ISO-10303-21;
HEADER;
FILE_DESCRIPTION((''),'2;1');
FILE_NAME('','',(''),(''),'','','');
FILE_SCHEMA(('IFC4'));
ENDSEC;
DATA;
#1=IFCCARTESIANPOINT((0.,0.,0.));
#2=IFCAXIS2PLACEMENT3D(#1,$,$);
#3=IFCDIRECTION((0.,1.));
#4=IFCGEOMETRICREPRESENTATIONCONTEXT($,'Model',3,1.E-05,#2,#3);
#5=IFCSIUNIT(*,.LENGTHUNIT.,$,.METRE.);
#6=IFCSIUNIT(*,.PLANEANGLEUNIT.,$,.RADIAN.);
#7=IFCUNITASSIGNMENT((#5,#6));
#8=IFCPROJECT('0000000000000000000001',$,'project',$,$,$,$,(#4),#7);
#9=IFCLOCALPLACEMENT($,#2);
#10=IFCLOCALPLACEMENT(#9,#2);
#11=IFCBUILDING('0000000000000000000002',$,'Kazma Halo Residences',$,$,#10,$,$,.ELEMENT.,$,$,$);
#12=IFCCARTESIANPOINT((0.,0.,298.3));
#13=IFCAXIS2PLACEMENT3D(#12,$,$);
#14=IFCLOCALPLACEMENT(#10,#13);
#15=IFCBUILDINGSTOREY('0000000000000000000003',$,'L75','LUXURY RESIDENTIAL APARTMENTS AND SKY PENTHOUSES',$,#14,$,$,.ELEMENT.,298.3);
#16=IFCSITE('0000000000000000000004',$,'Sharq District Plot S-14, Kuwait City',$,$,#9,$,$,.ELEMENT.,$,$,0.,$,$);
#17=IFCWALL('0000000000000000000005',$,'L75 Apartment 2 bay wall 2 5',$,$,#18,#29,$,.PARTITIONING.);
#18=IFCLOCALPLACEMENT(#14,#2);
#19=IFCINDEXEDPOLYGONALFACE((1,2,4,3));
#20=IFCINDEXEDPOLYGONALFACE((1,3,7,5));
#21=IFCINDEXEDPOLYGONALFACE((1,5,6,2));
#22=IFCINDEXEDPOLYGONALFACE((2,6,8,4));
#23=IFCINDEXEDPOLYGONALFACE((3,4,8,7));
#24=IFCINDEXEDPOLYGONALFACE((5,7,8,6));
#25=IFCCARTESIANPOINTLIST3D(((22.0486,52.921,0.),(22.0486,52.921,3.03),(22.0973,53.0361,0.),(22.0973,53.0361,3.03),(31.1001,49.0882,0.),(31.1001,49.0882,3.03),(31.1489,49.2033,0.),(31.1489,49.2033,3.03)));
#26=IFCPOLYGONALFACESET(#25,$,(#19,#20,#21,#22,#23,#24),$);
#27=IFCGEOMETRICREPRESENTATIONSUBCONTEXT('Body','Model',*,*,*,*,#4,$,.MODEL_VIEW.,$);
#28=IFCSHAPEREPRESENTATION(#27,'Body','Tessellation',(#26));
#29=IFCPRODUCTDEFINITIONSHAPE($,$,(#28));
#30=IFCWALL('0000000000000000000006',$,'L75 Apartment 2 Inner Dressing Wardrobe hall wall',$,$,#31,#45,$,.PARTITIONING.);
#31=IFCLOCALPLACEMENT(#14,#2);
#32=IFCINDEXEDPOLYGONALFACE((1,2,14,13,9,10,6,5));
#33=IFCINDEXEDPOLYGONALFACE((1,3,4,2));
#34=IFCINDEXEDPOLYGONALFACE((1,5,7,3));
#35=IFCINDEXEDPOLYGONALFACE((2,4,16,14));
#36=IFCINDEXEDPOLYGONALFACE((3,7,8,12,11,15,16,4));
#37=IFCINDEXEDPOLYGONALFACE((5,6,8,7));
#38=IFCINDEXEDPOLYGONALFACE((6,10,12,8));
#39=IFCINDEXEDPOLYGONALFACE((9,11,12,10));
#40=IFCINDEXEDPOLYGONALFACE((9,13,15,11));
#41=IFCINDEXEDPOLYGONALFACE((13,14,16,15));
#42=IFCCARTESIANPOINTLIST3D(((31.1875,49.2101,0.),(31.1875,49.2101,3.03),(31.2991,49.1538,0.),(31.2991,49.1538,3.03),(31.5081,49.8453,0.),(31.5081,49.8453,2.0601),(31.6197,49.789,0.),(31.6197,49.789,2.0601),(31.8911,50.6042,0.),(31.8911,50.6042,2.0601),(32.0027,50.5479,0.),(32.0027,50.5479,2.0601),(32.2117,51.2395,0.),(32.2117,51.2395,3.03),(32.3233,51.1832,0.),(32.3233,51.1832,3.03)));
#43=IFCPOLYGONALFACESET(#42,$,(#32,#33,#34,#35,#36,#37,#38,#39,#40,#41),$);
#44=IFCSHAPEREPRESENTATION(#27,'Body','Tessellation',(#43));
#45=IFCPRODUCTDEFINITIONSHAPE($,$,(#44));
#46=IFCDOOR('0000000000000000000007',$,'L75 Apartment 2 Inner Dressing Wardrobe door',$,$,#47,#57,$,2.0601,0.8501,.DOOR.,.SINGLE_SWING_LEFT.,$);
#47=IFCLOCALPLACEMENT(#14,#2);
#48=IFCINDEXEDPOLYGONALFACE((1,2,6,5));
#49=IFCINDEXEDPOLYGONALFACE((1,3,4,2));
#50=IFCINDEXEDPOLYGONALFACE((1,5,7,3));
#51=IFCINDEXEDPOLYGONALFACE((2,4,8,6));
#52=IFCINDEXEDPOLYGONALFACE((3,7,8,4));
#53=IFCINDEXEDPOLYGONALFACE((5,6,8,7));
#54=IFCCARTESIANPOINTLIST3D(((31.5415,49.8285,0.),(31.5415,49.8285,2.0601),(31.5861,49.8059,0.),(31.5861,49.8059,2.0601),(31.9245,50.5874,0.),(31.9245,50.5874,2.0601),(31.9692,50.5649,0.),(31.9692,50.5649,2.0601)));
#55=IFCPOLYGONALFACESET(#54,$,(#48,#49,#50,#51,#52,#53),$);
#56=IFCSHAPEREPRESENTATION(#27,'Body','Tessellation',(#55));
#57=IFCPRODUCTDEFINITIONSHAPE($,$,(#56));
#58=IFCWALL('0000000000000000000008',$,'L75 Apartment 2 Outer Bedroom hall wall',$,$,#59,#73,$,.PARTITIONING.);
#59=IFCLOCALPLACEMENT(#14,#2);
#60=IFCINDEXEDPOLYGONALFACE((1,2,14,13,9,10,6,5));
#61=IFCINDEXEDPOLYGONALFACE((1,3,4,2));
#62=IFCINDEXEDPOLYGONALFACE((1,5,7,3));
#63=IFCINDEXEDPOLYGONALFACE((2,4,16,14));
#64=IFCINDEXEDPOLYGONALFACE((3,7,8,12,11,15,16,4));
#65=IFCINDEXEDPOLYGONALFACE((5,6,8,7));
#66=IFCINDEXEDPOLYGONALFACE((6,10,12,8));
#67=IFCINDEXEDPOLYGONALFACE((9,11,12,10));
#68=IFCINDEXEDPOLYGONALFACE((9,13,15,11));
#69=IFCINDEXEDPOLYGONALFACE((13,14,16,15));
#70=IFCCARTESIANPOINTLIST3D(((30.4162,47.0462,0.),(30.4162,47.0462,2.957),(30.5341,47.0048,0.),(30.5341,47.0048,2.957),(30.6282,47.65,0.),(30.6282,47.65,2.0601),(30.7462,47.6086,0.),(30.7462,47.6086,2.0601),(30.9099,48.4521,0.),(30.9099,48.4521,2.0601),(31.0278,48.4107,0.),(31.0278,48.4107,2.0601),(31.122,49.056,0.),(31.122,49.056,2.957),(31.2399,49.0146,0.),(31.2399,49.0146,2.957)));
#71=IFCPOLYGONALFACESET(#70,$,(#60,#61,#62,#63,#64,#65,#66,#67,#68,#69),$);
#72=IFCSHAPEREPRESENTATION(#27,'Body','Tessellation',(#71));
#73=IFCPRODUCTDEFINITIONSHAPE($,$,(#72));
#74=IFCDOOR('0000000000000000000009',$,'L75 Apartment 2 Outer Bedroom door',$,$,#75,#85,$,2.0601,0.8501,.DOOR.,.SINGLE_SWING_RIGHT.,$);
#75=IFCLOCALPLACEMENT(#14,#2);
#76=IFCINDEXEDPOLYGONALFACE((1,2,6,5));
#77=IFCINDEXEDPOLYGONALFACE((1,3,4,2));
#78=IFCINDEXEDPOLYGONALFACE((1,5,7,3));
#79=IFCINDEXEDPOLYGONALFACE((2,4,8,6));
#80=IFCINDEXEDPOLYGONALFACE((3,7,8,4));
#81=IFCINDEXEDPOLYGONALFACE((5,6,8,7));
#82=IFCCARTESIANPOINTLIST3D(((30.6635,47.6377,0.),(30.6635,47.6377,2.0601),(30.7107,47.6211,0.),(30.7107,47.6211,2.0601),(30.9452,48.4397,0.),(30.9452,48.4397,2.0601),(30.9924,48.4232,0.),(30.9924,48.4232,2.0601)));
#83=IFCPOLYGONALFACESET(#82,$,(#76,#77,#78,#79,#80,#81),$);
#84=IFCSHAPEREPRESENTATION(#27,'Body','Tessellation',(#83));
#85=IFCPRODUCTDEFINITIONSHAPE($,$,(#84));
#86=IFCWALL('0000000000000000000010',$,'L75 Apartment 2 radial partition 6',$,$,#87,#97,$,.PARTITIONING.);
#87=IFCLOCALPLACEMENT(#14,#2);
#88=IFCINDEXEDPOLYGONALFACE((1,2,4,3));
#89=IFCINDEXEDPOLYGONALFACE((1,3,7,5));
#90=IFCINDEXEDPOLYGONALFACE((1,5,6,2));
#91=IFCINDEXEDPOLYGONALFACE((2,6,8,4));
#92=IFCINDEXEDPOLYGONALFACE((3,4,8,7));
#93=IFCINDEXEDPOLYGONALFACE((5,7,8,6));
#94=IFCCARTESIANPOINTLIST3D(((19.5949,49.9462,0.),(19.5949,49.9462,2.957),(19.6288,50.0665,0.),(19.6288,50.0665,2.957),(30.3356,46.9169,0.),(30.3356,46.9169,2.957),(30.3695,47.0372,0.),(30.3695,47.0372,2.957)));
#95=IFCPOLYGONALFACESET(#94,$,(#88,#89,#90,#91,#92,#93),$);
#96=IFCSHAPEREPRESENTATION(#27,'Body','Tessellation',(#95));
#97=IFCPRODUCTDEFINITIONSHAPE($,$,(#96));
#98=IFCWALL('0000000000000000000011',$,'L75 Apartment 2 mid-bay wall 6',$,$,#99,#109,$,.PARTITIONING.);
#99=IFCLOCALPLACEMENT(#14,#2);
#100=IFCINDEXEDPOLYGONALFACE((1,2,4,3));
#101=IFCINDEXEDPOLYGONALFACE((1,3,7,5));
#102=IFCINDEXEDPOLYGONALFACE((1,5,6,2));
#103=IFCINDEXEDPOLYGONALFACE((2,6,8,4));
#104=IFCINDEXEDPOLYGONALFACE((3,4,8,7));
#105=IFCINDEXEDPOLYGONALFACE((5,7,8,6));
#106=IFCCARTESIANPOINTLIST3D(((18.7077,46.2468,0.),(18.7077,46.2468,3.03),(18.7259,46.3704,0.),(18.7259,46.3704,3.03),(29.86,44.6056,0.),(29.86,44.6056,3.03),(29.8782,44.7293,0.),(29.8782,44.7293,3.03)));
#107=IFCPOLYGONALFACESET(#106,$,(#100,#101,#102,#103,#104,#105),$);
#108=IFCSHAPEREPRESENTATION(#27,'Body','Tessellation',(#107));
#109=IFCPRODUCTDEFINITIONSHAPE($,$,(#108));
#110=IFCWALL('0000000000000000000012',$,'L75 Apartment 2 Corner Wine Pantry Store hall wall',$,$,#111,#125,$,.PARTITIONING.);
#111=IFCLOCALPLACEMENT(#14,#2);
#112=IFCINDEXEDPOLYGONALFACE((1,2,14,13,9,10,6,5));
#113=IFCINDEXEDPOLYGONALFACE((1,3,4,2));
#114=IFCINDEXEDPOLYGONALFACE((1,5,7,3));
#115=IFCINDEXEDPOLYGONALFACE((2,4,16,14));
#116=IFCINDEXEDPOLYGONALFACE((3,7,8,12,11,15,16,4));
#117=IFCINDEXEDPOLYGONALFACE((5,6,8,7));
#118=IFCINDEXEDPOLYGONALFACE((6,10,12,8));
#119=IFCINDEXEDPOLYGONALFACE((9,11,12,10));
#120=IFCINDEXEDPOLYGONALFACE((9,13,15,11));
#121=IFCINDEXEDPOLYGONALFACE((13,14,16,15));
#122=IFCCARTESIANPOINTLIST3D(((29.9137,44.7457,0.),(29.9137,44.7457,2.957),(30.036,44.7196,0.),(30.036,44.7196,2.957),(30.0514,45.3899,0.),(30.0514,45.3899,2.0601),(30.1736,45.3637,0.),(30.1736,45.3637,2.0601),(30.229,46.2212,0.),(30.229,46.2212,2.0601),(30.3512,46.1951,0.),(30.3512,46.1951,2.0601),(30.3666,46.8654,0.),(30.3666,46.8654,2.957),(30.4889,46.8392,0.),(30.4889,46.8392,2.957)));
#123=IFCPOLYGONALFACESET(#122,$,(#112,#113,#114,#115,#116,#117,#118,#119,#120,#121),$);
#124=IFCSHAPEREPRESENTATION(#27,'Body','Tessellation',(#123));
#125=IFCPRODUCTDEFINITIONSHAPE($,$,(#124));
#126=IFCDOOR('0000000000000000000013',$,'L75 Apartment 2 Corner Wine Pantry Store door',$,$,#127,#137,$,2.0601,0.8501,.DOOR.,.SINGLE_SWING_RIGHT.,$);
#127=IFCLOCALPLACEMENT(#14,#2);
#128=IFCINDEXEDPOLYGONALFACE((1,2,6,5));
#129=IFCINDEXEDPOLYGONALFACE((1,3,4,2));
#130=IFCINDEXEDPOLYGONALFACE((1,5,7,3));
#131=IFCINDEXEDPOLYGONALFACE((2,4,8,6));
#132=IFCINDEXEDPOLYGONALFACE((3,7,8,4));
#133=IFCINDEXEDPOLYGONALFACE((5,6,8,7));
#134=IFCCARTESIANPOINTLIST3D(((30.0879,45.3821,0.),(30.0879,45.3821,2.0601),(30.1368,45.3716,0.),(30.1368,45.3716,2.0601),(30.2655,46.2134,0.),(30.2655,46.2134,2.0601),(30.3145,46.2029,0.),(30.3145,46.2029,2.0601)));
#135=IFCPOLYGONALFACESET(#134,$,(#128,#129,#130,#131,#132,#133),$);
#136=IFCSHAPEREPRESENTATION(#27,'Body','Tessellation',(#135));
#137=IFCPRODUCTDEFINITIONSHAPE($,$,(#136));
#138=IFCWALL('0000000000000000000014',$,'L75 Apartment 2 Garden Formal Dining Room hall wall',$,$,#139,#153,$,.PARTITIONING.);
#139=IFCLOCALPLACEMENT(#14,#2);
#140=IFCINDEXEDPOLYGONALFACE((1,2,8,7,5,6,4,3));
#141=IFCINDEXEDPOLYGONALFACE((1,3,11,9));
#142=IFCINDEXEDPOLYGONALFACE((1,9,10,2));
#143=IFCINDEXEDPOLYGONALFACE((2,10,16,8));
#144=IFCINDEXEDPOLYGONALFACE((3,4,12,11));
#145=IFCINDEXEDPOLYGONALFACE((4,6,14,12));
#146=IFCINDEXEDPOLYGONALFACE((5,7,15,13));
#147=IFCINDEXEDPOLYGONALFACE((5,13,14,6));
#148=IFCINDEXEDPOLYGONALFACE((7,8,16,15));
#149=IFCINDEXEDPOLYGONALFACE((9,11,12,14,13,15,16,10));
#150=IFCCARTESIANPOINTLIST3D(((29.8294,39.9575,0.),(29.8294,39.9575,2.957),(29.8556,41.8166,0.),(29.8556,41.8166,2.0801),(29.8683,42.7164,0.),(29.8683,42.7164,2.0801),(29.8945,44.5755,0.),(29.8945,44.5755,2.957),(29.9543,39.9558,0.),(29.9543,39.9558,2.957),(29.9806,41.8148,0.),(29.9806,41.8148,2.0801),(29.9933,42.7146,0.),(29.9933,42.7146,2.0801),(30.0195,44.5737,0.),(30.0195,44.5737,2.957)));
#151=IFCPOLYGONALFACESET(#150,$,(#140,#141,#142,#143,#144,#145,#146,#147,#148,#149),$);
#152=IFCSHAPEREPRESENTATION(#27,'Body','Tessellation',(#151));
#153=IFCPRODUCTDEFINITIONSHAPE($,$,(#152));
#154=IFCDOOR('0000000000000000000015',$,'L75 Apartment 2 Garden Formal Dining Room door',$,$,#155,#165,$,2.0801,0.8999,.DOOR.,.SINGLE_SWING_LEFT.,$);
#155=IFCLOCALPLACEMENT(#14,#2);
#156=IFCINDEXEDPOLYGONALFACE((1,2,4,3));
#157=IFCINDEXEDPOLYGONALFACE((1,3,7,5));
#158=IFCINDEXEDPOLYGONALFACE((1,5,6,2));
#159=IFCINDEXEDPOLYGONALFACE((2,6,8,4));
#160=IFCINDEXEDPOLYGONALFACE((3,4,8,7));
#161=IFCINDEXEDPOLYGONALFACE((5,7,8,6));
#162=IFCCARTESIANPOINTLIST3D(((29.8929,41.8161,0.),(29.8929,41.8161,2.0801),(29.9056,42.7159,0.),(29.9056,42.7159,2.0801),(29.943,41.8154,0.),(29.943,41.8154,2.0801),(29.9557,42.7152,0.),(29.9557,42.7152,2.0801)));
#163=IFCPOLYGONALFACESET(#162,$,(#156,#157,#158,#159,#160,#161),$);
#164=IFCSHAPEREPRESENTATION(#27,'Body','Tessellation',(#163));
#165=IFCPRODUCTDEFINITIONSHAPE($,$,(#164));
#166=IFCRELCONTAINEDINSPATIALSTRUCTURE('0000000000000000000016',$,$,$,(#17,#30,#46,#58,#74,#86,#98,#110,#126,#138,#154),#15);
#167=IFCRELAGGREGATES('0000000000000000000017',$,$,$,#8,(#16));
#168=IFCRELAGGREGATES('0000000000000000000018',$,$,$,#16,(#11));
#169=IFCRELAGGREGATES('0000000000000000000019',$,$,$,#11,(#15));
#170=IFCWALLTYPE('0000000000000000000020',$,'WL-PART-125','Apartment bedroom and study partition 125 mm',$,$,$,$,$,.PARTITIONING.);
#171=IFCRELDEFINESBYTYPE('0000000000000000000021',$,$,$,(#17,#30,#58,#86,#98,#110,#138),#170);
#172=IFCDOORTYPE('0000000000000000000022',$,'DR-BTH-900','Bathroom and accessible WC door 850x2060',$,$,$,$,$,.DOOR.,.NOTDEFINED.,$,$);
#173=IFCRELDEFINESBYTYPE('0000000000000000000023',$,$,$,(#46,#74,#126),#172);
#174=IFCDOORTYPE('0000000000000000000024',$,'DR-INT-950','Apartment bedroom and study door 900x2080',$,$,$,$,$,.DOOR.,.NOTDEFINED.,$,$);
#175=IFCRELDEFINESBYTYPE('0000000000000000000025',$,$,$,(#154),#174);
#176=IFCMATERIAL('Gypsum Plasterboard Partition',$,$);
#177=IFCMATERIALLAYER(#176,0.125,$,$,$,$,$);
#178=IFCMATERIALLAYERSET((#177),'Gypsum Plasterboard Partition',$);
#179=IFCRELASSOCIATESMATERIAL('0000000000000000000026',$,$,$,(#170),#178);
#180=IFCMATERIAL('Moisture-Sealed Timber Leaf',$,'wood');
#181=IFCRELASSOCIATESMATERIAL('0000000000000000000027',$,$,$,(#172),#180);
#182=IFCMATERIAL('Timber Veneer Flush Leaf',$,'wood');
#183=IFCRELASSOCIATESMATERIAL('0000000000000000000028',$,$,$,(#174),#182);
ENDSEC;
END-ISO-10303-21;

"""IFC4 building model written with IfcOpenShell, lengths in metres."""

from ifc_helpers import new_model, si_unit, direction, frame, frame_2d, origin, place, context, subcontext, project, spatial, rectangle, extrude, material, layer, layer_set, type_object, element, fill, save


model = new_model("IFC4")

# Units and contexts
model_context = context("Model", 3, precision=1e-05, world=origin(), true_north=direction((0.0, 1.0)))
body_context = subcontext(model_context, "Body", "Model", "MODEL_VIEW")
ifc_project = project(units=[si_unit("LENGTHUNIT", "METRE"), si_unit("PLANEANGLEUNIT", "RADIAN")], contexts=[model_context])

# Site, building, storey
site_placement = place(None, origin())
site = spatial("IfcSite", under=ifc_project, at=site_placement, Name="Sharq District Plot S-14, Kuwait City", CompositionType="ELEMENT", RefElevation=0.0)
building_placement = place(site_placement, origin())
building = spatial("IfcBuilding", under=site, at=building_placement, Name="Kazma Halo Residences", CompositionType="ELEMENT")
storey_placement = place(building_placement, frame((0.0, 0.0, 298.3)))
storey = spatial("IfcBuildingStorey", under=building, at=storey_placement, Name="L75", Description="LUXURY RESIDENTIAL APARTMENTS AND SKY PENTHOUSES", CompositionType="ELEMENT", Elevation=298.3)

# Wall
ifc_material_1 = material(Name="Gypsum Plasterboard Partition")
ifc_layer_1 = layer(ifc_material_1, 0.125)
ifc_layer_set_1 = layer_set([ifc_layer_1], Name="Gypsum Plasterboard Partition")
wall_type = type_object("IfcWallType", Name="WL-PART-125", Description="Apartment bedroom and study partition 125 mm", PredefinedType="PARTITIONING", material=ifc_layer_set_1)
wall_1_placement = place(storey_placement, frame((31.1245, 49.1458, 0.0), z_axis=(0.0, 0.0, 1.0), x_axis=(-0.920848, 0.389923, 0.0)))
element("IfcWall", 1, at=wall_1_placement, inside=storey, type_object=wall_type, Name="L75 Apartment 2 bay wall 2 5", PredefinedType="PARTITIONING", context=body_context, shape_type="SweptSolid", body=[
    extrude(rectangle(XDim=9.8296, YDim=0.125, at=frame_2d((4.9148, 0.0))), origin(), (0.0, 0.0, 1.0), 3.03),
])

# Walls, openings, doors
wall_2_placement = place(storey_placement, frame((32.2676, 51.2114, 0.0), z_axis=(0.0, 0.0, 1.0), x_axis=(-0.450561, -0.892745, 0.0)))
wall_2 = element("IfcWall", 2, at=wall_2_placement, inside=storey, type_object=wall_type, Name="L75 Apartment 2 Inner Dressing Wardrobe hall wall", PredefinedType="PARTITIONING", context=body_context, shape_type="SweptSolid", body=[
    extrude(rectangle(XDim=2.2732, YDim=0.125, at=frame_2d((1.1367, 0.0))), origin(), (0.0, 0.0, 1.0), 3.03),
])
opening_1_placement = place(wall_2_placement, frame((0.7117, 0.0, 0.0)))
opening_1 = element("IfcOpeningElement", 3, at=opening_1_placement, cuts=wall_2, PredefinedType="OPENING", context=body_context, shape_type="SweptSolid", body=[
    extrude(rectangle(XDim=0.8501, YDim=2.0601, at=frame_2d((0.425, 1.03))), frame((0.0, 0.0725, 0.0), z_axis=(0.0, -1.0, 0.0), x_axis=(1.0, 0.0, 0.0)), (0.0, 0.0, 1.0), 0.145),
])
ifc_material_2 = material(Name="Moisture-Sealed Timber Leaf", Category="wood")
door_type_1 = type_object("IfcDoorType", Name="DR-BTH-900", Description="Bathroom and accessible WC door 850x2060", OperationType="NOTDEFINED", PredefinedType="DOOR", material=ifc_material_2)
door_1_placement = place(opening_1_placement, origin())
door_1 = element("IfcDoor", 4, at=door_1_placement, inside=storey, type_object=door_type_1, Name="L75 Apartment 2 Inner Dressing Wardrobe door", OperationType="SINGLE_SWING_LEFT", OverallHeight=2.0601, OverallWidth=0.8501, PredefinedType="DOOR", context=body_context, shape_type="SweptSolid", body=[
    extrude(rectangle(XDim=0.8501, YDim=2.0601, at=frame_2d((0.425, 1.03))), frame((0.0, 0.0249, 0.0), z_axis=(0.0, -1.0, 0.0), x_axis=(1.0, 0.0, 0.0)), (0.0, 0.0, 1.0), 0.05),
])
fill(opening_1, door_1)
wall_3_placement = place(storey_placement, frame((31.1809, 49.0352, 0.0), z_axis=(0.0, 0.0, 1.0), x_axis=(-0.331351, -0.943508, 0.0)))
wall_3 = element("IfcWall", 5, at=wall_3_placement, inside=storey, type_object=wall_type, Name="L75 Apartment 2 Outer Bedroom hall wall", PredefinedType="PARTITIONING", context=body_context, shape_type="SweptSolid", body=[
    extrude(rectangle(XDim=2.1301, YDim=0.125, at=frame_2d((1.0649, 0.0))), origin(), (0.0, 0.0, 1.0), 2.957),
])
opening_2_placement = place(wall_3_placement, frame((0.6399, 0.0, 0.0)))
opening_2 = element("IfcOpeningElement", 6, at=opening_2_placement, cuts=wall_3, PredefinedType="OPENING", context=body_context, shape_type="SweptSolid", body=[
    extrude(rectangle(XDim=0.8501, YDim=2.0601, at=frame_2d((0.425, 1.03))), frame((0.0, 0.0725, 0.0), z_axis=(0.0, -1.0, 0.0), x_axis=(1.0, 0.0, 0.0)), (0.0, 0.0, 1.0), 0.145),
])
door_2_placement = place(opening_2_placement, origin())
door_2 = element("IfcDoor", 7, at=door_2_placement, inside=storey, type_object=door_type_1, Name="L75 Apartment 2 Outer Bedroom door", OperationType="SINGLE_SWING_RIGHT", OverallHeight=2.0601, OverallWidth=0.8501, PredefinedType="DOOR", context=body_context, shape_type="SweptSolid", body=[
    extrude(rectangle(XDim=0.8501, YDim=2.0601, at=frame_2d((0.425, 1.03))), frame((0.0, 0.0249, 0.0), z_axis=(0.0, -1.0, 0.0), x_axis=(1.0, 0.0, 0.0)), (0.0, 0.0, 1.0), 0.05),
])
fill(opening_2, door_2)

# Walls
wall_4_placement = place(storey_placement, frame((30.3525, 46.9771, 0.0), z_axis=(0.0, 0.0, 1.0), x_axis=(-0.962453, 0.271449, 0.0)))
element("IfcWall", 8, at=wall_4_placement, inside=storey, type_object=wall_type, Name="L75 Apartment 2 radial partition 6", PredefinedType="PARTITIONING", context=body_context, shape_type="SweptSolid", body=[
    extrude(rectangle(XDim=11.1597, YDim=0.125, at=frame_2d((5.5798, 0.0))), origin(), (0.0, 0.0, 1.0), 2.957),
])
wall_5_placement = place(storey_placement, frame((29.8691, 44.6675, 0.0), z_axis=(0.0, 0.0, 1.0), x_axis=(-0.989346, 0.145586, 0.0)))
element("IfcWall", 9, at=wall_5_placement, inside=storey, type_object=wall_type, Name="L75 Apartment 2 mid-bay wall 6", PredefinedType="PARTITIONING", context=body_context, shape_type="SweptSolid", body=[
    extrude(rectangle(XDim=11.2725, YDim=0.125, at=frame_2d((5.6362, 0.0))), origin(), (0.0, 0.0, 1.0), 3.03),
])

# Walls, openings, doors
wall_6_placement = place(storey_placement, frame((30.4277, 46.8523, 0.0), z_axis=(0.0, 0.0, 1.0), x_axis=(-0.208944, -0.977928, 0.0)))
wall_6 = element("IfcWall", 10, at=wall_6_placement, inside=storey, type_object=wall_type, Name="L75 Apartment 2 Corner Wine Pantry Store hall wall", PredefinedType="PARTITIONING", context=body_context, shape_type="SweptSolid", body=[
    extrude(rectangle(XDim=2.1675, YDim=0.125, at=frame_2d((1.0837, 0.0))), origin(), (0.0, 0.0, 1.0), 2.957),
])
opening_3_placement = place(wall_6_placement, frame((0.6587, 0.0, 0.0)))
opening_3 = element("IfcOpeningElement", 11, at=opening_3_placement, cuts=wall_6, PredefinedType="OPENING", context=body_context, shape_type="SweptSolid", body=[
    extrude(rectangle(XDim=0.8501, YDim=2.0601, at=frame_2d((0.425, 1.03))), frame((0.0, 0.0725, 0.0), z_axis=(0.0, -1.0, 0.0), x_axis=(1.0, 0.0, 0.0)), (0.0, 0.0, 1.0), 0.145),
])
door_3_placement = place(opening_3_placement, origin())
door_3 = element("IfcDoor", 12, at=door_3_placement, inside=storey, type_object=door_type_1, Name="L75 Apartment 2 Corner Wine Pantry Store door", OperationType="SINGLE_SWING_RIGHT", OverallHeight=2.0601, OverallWidth=0.8501, PredefinedType="DOOR", context=body_context, shape_type="SweptSolid", body=[
    extrude(rectangle(XDim=0.8501, YDim=2.0601, at=frame_2d((0.425, 1.03))), frame((0.0, 0.0249, 0.0), z_axis=(0.0, -1.0, 0.0), x_axis=(1.0, 0.0, 0.0)), (0.0, 0.0, 1.0), 0.05),
])
fill(opening_3, door_3)
wall_7_placement = place(storey_placement, frame((29.957, 44.5745, 0.0), z_axis=(0.0, 0.0, 1.0), x_axis=(-0.014114, -0.9999, 0.0)))
wall_7 = element("IfcWall", 13, at=wall_7_placement, inside=storey, type_object=wall_type, Name="L75 Apartment 2 Garden Formal Dining Room hall wall", PredefinedType="PARTITIONING", context=body_context, shape_type="SweptSolid", body=[
    extrude(rectangle(XDim=4.6184, YDim=0.125, at=frame_2d((2.3091, 0.0))), origin(), (0.0, 0.0, 1.0), 2.957),
])
opening_4_placement = place(wall_7_placement, frame((1.8591, 0.0, 0.0)))
opening_4 = element("IfcOpeningElement", 14, at=opening_4_placement, cuts=wall_7, PredefinedType="OPENING", context=body_context, shape_type="SweptSolid", body=[
    extrude(rectangle(XDim=0.8999, YDim=2.0801, at=frame_2d((0.45, 1.04))), frame((0.0, 0.0725, 0.0), z_axis=(0.0, -1.0, 0.0), x_axis=(1.0, 0.0, 0.0)), (0.0, 0.0, 1.0), 0.145),
])
ifc_material_3 = material(Name="Timber Veneer Flush Leaf", Category="wood")
door_type_2 = type_object("IfcDoorType", Name="DR-INT-950", Description="Apartment bedroom and study door 900x2080", OperationType="NOTDEFINED", PredefinedType="DOOR", material=ifc_material_3)
door_4_placement = place(opening_4_placement, origin())
door_4 = element("IfcDoor", 15, at=door_4_placement, inside=storey, type_object=door_type_2, Name="L75 Apartment 2 Garden Formal Dining Room door", OperationType="SINGLE_SWING_LEFT", OverallHeight=2.0801, OverallWidth=0.8999, PredefinedType="DOOR", context=body_context, shape_type="SweptSolid", body=[
    extrude(rectangle(XDim=0.8999, YDim=2.0801, at=frame_2d((0.45, 1.04))), frame((0.0, 0.0249, 0.0), z_axis=(0.0, -1.0, 0.0), x_axis=(1.0, 0.0, 0.0)), (0.0, 0.0, 1.0), 0.05),
])
fill(opening_4, door_4)

save(model, "model.ifc")
